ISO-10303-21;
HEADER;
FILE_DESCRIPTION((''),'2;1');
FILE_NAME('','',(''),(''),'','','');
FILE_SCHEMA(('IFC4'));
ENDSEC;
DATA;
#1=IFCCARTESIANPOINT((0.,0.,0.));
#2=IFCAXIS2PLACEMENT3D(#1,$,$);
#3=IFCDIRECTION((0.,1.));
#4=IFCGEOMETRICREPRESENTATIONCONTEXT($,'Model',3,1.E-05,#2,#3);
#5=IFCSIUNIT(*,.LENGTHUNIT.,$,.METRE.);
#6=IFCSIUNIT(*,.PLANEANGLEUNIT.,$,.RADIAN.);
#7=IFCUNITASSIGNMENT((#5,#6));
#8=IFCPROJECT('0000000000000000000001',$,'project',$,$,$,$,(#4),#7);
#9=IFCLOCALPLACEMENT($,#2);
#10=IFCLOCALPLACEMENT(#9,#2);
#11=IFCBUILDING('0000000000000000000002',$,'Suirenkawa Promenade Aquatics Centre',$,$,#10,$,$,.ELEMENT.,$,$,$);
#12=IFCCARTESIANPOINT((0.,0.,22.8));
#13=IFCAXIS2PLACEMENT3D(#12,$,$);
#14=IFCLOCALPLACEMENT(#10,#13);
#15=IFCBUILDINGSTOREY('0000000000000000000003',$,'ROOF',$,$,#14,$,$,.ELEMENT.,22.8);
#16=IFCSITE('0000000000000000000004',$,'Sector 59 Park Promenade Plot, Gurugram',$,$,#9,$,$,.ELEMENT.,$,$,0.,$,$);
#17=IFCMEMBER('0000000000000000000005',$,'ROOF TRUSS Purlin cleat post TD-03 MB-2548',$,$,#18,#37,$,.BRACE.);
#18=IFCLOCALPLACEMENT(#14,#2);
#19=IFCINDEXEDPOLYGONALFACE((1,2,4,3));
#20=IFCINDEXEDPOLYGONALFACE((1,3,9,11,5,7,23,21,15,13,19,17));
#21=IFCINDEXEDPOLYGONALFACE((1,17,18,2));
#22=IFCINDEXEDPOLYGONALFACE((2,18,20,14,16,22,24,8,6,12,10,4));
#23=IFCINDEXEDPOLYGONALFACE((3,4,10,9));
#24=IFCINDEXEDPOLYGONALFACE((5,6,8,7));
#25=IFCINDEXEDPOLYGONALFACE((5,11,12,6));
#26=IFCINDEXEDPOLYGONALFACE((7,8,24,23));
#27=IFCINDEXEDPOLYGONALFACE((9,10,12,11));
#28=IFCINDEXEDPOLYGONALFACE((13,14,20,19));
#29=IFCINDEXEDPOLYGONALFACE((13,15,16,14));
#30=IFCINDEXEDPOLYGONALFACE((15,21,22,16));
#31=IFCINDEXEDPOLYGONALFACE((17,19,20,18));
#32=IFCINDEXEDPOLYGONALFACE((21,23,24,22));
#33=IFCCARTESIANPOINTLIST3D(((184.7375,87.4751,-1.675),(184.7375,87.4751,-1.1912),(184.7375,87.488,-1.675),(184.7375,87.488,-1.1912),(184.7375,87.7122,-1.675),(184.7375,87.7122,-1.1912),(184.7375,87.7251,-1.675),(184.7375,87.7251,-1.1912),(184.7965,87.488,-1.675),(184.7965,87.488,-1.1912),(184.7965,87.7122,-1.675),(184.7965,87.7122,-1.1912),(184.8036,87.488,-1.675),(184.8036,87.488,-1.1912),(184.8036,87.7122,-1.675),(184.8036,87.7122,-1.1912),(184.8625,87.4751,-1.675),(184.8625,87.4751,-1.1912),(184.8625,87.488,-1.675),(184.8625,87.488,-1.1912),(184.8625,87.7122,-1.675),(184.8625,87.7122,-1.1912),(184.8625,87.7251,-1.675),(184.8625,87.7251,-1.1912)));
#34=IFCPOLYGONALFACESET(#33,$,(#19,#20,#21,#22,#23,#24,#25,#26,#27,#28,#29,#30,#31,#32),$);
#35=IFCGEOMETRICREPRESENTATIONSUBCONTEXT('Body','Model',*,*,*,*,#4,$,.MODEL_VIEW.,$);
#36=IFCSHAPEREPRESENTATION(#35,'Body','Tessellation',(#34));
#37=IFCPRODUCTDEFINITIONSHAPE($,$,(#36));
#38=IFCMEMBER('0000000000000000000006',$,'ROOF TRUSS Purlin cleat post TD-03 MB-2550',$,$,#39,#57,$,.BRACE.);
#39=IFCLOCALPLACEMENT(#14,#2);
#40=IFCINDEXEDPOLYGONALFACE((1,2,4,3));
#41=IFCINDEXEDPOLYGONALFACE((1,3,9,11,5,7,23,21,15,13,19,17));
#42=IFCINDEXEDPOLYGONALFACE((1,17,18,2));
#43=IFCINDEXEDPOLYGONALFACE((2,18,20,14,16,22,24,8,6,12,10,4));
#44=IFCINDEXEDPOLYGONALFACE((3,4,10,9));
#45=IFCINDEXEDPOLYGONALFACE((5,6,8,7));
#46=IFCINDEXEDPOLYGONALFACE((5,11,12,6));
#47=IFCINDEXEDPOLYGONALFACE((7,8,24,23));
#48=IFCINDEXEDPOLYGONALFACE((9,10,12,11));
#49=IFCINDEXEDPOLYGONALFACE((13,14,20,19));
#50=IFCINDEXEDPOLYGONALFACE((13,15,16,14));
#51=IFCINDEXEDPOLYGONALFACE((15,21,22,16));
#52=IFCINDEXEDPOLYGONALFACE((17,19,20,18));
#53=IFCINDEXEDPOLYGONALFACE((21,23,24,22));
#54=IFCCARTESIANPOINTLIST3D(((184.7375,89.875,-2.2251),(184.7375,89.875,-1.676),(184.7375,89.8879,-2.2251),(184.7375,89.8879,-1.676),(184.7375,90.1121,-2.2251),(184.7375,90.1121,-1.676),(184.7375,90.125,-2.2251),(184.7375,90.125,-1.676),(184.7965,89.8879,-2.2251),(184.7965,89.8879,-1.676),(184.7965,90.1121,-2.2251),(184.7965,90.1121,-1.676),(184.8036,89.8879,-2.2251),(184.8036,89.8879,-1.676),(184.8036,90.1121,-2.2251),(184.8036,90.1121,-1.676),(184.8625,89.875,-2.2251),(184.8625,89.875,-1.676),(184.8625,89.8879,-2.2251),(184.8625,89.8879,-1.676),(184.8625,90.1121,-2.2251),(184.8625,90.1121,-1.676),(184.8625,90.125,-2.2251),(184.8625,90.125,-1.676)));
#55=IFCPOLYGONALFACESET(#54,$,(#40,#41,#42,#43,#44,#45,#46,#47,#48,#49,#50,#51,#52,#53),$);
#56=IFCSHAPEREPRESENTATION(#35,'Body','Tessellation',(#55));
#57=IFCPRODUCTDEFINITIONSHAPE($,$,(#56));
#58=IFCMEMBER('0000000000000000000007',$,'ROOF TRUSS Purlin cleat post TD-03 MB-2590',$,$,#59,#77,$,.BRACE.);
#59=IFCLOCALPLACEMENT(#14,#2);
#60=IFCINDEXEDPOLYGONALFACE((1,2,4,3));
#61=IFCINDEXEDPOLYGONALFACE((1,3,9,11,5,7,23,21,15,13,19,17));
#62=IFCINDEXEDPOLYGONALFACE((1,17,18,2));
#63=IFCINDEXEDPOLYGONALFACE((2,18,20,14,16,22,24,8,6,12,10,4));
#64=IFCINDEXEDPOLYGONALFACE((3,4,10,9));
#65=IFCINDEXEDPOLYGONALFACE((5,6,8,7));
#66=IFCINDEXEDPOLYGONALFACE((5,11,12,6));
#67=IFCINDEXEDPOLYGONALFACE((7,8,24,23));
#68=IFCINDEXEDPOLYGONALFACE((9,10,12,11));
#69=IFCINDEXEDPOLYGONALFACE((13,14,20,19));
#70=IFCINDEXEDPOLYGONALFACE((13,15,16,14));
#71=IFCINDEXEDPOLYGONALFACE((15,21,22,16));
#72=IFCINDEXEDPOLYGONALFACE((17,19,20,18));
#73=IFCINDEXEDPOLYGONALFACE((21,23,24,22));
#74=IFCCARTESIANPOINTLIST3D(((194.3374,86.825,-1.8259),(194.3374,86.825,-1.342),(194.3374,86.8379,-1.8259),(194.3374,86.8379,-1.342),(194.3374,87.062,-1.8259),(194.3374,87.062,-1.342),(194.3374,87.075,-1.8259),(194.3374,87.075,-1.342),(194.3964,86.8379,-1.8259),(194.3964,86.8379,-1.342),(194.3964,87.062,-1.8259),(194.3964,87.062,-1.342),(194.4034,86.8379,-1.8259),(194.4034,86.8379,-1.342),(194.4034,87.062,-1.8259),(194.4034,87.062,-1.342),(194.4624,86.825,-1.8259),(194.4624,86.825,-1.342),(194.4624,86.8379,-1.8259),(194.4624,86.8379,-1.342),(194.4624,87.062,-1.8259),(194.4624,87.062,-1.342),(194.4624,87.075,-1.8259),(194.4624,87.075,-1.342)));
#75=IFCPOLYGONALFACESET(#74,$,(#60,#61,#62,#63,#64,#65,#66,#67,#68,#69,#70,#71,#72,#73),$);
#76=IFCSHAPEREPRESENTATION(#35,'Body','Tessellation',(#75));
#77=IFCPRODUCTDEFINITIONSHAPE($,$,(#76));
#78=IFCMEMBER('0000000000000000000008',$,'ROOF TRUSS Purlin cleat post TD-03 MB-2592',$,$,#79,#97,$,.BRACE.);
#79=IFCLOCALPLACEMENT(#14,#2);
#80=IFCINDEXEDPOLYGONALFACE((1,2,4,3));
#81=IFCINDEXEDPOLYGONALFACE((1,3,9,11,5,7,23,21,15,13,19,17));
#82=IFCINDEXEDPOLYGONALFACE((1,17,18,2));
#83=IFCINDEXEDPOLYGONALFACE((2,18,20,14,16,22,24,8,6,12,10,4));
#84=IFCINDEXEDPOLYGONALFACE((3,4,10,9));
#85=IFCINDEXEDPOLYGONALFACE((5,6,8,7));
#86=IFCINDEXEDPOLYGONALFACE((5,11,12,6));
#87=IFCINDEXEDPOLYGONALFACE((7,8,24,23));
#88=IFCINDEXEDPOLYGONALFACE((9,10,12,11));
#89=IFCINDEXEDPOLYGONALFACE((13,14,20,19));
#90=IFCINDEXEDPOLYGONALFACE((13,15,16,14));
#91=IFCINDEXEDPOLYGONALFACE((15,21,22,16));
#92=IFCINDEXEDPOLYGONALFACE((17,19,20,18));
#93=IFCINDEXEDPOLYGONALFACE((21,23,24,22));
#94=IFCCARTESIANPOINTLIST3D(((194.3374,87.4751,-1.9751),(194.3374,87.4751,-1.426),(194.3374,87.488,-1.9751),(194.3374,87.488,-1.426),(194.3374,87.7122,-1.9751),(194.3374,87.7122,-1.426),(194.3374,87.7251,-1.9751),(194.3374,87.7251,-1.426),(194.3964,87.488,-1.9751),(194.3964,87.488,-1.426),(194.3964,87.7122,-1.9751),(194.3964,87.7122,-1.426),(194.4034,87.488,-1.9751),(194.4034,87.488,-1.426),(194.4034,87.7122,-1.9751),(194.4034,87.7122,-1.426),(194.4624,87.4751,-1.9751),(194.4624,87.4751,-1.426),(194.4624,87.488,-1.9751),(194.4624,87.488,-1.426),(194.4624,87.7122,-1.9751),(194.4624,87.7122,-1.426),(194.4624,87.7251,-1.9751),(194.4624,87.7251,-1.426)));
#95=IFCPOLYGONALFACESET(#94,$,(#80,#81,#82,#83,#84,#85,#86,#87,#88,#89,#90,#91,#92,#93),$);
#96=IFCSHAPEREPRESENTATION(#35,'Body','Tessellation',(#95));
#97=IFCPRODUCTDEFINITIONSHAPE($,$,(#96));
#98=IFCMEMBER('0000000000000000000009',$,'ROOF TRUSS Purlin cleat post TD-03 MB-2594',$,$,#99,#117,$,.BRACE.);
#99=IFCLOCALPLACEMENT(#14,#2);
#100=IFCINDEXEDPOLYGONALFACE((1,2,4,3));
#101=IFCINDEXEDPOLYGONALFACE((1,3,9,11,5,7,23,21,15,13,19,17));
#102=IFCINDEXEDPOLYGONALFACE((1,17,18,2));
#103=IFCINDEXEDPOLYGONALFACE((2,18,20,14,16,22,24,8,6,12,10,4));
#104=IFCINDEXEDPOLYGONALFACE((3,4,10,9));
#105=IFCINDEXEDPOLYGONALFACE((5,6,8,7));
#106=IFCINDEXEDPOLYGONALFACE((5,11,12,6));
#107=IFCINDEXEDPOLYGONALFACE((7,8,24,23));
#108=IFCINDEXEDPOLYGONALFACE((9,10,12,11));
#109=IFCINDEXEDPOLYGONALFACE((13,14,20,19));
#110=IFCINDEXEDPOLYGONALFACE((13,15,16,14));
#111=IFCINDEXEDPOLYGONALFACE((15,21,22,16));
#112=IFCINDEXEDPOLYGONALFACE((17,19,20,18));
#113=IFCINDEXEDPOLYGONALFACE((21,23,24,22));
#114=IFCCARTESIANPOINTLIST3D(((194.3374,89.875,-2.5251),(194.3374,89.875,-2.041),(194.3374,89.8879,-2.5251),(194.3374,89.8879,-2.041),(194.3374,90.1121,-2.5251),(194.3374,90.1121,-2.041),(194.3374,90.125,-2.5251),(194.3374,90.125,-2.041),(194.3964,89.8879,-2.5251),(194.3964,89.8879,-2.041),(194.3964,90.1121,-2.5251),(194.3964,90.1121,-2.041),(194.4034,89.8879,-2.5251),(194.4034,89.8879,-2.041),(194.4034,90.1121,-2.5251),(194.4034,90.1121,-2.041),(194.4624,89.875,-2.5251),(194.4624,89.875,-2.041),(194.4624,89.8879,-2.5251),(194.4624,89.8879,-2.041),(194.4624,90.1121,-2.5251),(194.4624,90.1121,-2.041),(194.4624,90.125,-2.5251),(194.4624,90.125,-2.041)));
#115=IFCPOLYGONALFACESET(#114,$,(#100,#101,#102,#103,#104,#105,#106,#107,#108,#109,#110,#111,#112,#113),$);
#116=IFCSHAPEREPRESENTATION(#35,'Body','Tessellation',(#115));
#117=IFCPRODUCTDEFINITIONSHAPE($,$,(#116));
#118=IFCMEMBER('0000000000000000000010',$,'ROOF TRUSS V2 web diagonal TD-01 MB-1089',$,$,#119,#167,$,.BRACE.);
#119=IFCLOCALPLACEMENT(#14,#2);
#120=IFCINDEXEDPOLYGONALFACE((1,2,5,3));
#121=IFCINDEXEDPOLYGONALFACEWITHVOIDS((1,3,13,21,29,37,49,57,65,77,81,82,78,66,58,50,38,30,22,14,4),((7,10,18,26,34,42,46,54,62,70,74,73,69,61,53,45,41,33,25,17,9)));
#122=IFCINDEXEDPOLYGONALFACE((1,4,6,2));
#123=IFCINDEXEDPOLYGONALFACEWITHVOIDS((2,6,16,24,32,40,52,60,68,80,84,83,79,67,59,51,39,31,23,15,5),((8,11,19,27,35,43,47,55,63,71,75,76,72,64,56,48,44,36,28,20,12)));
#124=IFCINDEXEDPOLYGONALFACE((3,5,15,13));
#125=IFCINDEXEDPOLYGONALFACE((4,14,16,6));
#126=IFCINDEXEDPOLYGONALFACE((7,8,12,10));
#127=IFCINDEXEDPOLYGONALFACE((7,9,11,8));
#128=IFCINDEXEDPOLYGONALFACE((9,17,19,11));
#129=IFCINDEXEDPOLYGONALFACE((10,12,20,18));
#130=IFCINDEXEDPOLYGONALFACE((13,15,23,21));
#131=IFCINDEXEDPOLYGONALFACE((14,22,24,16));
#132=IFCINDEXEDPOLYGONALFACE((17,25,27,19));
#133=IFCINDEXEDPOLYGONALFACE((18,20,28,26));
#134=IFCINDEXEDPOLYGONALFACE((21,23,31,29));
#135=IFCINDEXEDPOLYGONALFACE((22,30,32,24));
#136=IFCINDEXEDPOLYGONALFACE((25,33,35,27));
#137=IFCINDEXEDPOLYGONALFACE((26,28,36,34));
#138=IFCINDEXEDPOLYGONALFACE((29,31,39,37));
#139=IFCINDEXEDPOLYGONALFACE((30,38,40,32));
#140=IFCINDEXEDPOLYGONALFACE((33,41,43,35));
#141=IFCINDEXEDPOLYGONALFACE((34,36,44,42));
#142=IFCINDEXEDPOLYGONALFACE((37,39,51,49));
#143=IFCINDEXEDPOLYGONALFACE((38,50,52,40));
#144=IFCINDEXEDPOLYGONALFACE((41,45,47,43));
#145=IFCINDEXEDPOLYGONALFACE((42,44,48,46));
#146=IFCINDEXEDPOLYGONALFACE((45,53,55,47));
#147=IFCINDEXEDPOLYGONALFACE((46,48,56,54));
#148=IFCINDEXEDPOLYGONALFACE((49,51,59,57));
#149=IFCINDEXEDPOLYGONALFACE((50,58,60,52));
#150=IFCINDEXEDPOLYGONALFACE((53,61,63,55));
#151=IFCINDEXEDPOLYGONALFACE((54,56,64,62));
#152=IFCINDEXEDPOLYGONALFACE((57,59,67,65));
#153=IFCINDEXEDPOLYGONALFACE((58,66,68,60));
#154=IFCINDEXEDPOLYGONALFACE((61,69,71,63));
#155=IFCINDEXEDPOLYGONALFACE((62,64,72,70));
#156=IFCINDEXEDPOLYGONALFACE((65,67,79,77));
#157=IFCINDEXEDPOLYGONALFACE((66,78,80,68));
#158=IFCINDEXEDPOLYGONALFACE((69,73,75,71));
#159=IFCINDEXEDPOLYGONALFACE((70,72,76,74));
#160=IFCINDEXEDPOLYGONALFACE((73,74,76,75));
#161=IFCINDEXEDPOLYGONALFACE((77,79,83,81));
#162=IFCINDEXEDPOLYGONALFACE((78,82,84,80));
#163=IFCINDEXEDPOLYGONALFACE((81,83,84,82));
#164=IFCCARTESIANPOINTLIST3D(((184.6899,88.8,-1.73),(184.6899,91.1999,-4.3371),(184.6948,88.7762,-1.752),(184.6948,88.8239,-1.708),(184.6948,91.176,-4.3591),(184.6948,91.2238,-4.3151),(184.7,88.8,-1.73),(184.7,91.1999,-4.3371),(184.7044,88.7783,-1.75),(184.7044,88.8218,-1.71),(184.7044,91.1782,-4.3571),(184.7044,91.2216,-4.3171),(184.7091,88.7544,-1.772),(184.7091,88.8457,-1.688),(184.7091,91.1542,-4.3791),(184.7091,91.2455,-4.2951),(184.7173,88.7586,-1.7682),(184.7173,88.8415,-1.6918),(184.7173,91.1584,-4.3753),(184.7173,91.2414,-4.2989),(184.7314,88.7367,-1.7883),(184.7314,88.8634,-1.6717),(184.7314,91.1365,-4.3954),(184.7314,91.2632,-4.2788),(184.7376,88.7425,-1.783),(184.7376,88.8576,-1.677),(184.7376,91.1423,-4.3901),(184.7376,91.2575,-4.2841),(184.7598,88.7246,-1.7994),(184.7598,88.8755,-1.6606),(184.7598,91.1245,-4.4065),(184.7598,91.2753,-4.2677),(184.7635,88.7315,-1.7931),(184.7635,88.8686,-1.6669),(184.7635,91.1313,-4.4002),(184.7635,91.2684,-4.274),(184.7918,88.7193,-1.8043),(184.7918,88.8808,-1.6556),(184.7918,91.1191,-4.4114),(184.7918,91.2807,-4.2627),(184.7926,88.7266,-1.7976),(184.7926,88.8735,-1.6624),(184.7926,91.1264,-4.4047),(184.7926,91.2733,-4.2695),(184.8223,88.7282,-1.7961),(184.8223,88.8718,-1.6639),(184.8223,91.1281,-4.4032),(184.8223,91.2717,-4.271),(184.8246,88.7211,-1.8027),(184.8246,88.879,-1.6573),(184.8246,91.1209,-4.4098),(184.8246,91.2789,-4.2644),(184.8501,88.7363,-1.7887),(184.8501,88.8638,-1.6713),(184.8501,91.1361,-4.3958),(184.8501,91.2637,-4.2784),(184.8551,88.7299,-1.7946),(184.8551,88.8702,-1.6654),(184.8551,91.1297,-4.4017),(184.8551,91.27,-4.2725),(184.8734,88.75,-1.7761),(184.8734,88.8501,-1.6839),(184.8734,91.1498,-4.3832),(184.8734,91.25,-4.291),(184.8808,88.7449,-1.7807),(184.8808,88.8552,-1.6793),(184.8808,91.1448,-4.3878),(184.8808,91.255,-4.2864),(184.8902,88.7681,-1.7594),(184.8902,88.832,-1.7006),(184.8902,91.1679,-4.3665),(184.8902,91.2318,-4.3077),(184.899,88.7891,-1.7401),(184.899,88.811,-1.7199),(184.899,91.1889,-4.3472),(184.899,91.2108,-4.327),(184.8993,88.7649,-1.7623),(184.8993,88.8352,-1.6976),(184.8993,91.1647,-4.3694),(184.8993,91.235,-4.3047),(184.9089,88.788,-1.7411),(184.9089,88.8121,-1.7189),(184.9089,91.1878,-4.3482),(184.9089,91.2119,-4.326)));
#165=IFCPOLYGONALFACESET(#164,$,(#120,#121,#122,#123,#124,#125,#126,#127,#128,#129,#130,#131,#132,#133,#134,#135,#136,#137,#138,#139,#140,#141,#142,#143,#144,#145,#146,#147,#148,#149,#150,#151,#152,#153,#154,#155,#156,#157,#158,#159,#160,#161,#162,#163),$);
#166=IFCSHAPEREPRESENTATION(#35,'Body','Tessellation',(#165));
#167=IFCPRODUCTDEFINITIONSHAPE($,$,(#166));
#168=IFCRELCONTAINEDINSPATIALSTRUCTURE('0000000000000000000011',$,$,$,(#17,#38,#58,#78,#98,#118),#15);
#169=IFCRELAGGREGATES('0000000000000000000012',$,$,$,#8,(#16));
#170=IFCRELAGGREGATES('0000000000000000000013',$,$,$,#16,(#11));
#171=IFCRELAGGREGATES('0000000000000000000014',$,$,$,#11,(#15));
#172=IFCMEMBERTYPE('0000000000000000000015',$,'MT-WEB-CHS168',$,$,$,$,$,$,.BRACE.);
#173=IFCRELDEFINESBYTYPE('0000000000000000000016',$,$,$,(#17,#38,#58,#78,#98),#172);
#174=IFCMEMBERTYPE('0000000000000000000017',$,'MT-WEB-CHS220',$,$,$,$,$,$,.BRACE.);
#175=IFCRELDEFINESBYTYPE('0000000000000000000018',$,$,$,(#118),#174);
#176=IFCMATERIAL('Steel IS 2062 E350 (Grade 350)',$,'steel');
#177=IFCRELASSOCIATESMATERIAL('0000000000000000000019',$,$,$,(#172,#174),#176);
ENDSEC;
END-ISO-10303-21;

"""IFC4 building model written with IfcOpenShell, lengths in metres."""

from ifc_helpers import new_model, si_unit, direction, frame, origin, origin_2d, place, context, subcontext, project, spatial, hollow_circle, i_section, extrude, material, material_profile, profile_set, type_object, element, save


model = new_model("IFC4")

# Units and contexts
model_context = context("Model", 3, precision=1e-05, world=origin(), true_north=direction((0.0, 1.0)))
body_context = subcontext(model_context, "Body", "Model", "MODEL_VIEW")
ifc_project = project(units=[si_unit("LENGTHUNIT", "METRE"), si_unit("PLANEANGLEUNIT", "RADIAN")], contexts=[model_context])

# Site, building, storey
site_placement = place(None, origin())
site = spatial("IfcSite", under=ifc_project, at=site_placement, Name="Sector 59 Park Promenade Plot, Gurugram", CompositionType="ELEMENT", RefElevation=0.0)
building_placement = place(site_placement, origin())
building = spatial("IfcBuilding", under=site, at=building_placement, Name="Suirenkawa Promenade Aquatics Centre", CompositionType="ELEMENT")
storey_placement = place(building_placement, frame((0.0, 0.0, 22.8)))
storey = spatial("IfcBuildingStorey", under=building, at=storey_placement, Name="ROOF", CompositionType="ELEMENT", Elevation=22.8)

# Shared definitions
ifc_material_1 = material(Name="Steel IS 2062 E350 (Grade 350)", Category="steel")

# Members
ifc_material_profile_1 = material_profile(ifc_material_1, i_section(OverallWidth=0.125, OverallDepth=0.25, WebThickness=0.0071, FlangeThickness=0.0129, at=origin_2d()), Name="ISMB 250", Category="steel")
ifc_profile_set_1 = profile_set([ifc_material_profile_1], Name="Steel IS 2062 E350 (Grade 350)")
member_type_1 = type_object("IfcMemberType", Name="MT-WEB-CHS168", PredefinedType="BRACE", material=ifc_profile_set_1)
member_1_placement = place(storey_placement, frame((184.8, 87.6001, -1.675), z_axis=(0.0, 0.0, 1.0), x_axis=(1.0, 0.0, 0.0)))
element("IfcMember", 1, at=member_1_placement, inside=storey, type_object=member_type_1, Name="ROOF TRUSS Purlin cleat post TD-03 MB-2548", PredefinedType="BRACE", context=body_context, shape_type="SweptSolid", body=[
    extrude(i_section(OverallWidth=0.125, OverallDepth=0.25, WebThickness=0.0071, FlangeThickness=0.0129, at=origin_2d()), origin(), (0.0, 0.0, 1.0), 0.4839),
])
member_2_placement = place(storey_placement, frame((184.8, 90.0, -2.2251), z_axis=(0.0, 0.0, 1.0), x_axis=(1.0, 0.0, 0.0)))
element("IfcMember", 2, at=member_2_placement, inside=storey, type_object=member_type_1, Name="ROOF TRUSS Purlin cleat post TD-03 MB-2550", PredefinedType="BRACE", context=body_context, shape_type="SweptSolid", body=[
    extrude(i_section(OverallWidth=0.125, OverallDepth=0.25, WebThickness=0.0071, FlangeThickness=0.0129, at=origin_2d()), origin(), (0.0, 0.0, 1.0), 0.5491),
])
member_3_placement = place(storey_placement, frame((194.3999, 86.95, -1.8259), z_axis=(0.0, 0.0, 1.0), x_axis=(1.0, 0.0, 0.0)))
element("IfcMember", 3, at=member_3_placement, inside=storey, type_object=member_type_1, Name="ROOF TRUSS Purlin cleat post TD-03 MB-2590", PredefinedType="BRACE", context=body_context, shape_type="SweptSolid", body=[
    extrude(i_section(OverallWidth=0.125, OverallDepth=0.25, WebThickness=0.0071, FlangeThickness=0.0129, at=origin_2d()), origin(), (0.0, 0.0, 1.0), 0.4839),
])
member_4_placement = place(storey_placement, frame((194.3999, 87.6001, -1.9751), z_axis=(0.0, 0.0, 1.0), x_axis=(1.0, 0.0, 0.0)))
element("IfcMember", 4, at=member_4_placement, inside=storey, type_object=member_type_1, Name="ROOF TRUSS Purlin cleat post TD-03 MB-2592", PredefinedType="BRACE", context=body_context, shape_type="SweptSolid", body=[
    extrude(i_section(OverallWidth=0.125, OverallDepth=0.25, WebThickness=0.0071, FlangeThickness=0.0129, at=origin_2d()), origin(), (0.0, 0.0, 1.0), 0.5491),
])
member_5_placement = place(storey_placement, frame((194.3999, 90.0, -2.5251), z_axis=(0.0, 0.0, 1.0), x_axis=(1.0, 0.0, 0.0)))
element("IfcMember", 5, at=member_5_placement, inside=storey, type_object=member_type_1, Name="ROOF TRUSS Purlin cleat post TD-03 MB-2594", PredefinedType="BRACE", context=body_context, shape_type="SweptSolid", body=[
    extrude(i_section(OverallWidth=0.125, OverallDepth=0.25, WebThickness=0.0071, FlangeThickness=0.0129, at=origin_2d()), origin(), (0.0, 0.0, 1.0), 0.4841),
])
ifc_material_profile_2 = material_profile(ifc_material_1, hollow_circle(Radius=0.1101, WallThickness=0.01, at=origin_2d()), Name="CHS 220x10", Category="steel")
ifc_profile_set_2 = profile_set([ifc_material_profile_2], Name="Steel IS 2062 E350 (Grade 350)")
member_type_2 = type_object("IfcMemberType", Name="MT-WEB-CHS220", PredefinedType="BRACE", material=ifc_profile_set_2)
member_6_placement = place(storey_placement, frame((184.8, 88.8, -1.73), z_axis=(0.0, 0.677255, -0.735748), x_axis=(-1.0, 0.0, 0.0)))
element("IfcMember", 6, at=member_6_placement, inside=storey, type_object=member_type_2, Name="ROOF TRUSS V2 web diagonal TD-01 MB-1089", PredefinedType="BRACE", context=body_context, shape_type="SweptSolid", body=[
    extrude(hollow_circle(Radius=0.1101, WallThickness=0.01, at=origin_2d()), origin(), (0.0, 0.0, 1.0), 3.5435),
])

save(model, "model.ifc")
